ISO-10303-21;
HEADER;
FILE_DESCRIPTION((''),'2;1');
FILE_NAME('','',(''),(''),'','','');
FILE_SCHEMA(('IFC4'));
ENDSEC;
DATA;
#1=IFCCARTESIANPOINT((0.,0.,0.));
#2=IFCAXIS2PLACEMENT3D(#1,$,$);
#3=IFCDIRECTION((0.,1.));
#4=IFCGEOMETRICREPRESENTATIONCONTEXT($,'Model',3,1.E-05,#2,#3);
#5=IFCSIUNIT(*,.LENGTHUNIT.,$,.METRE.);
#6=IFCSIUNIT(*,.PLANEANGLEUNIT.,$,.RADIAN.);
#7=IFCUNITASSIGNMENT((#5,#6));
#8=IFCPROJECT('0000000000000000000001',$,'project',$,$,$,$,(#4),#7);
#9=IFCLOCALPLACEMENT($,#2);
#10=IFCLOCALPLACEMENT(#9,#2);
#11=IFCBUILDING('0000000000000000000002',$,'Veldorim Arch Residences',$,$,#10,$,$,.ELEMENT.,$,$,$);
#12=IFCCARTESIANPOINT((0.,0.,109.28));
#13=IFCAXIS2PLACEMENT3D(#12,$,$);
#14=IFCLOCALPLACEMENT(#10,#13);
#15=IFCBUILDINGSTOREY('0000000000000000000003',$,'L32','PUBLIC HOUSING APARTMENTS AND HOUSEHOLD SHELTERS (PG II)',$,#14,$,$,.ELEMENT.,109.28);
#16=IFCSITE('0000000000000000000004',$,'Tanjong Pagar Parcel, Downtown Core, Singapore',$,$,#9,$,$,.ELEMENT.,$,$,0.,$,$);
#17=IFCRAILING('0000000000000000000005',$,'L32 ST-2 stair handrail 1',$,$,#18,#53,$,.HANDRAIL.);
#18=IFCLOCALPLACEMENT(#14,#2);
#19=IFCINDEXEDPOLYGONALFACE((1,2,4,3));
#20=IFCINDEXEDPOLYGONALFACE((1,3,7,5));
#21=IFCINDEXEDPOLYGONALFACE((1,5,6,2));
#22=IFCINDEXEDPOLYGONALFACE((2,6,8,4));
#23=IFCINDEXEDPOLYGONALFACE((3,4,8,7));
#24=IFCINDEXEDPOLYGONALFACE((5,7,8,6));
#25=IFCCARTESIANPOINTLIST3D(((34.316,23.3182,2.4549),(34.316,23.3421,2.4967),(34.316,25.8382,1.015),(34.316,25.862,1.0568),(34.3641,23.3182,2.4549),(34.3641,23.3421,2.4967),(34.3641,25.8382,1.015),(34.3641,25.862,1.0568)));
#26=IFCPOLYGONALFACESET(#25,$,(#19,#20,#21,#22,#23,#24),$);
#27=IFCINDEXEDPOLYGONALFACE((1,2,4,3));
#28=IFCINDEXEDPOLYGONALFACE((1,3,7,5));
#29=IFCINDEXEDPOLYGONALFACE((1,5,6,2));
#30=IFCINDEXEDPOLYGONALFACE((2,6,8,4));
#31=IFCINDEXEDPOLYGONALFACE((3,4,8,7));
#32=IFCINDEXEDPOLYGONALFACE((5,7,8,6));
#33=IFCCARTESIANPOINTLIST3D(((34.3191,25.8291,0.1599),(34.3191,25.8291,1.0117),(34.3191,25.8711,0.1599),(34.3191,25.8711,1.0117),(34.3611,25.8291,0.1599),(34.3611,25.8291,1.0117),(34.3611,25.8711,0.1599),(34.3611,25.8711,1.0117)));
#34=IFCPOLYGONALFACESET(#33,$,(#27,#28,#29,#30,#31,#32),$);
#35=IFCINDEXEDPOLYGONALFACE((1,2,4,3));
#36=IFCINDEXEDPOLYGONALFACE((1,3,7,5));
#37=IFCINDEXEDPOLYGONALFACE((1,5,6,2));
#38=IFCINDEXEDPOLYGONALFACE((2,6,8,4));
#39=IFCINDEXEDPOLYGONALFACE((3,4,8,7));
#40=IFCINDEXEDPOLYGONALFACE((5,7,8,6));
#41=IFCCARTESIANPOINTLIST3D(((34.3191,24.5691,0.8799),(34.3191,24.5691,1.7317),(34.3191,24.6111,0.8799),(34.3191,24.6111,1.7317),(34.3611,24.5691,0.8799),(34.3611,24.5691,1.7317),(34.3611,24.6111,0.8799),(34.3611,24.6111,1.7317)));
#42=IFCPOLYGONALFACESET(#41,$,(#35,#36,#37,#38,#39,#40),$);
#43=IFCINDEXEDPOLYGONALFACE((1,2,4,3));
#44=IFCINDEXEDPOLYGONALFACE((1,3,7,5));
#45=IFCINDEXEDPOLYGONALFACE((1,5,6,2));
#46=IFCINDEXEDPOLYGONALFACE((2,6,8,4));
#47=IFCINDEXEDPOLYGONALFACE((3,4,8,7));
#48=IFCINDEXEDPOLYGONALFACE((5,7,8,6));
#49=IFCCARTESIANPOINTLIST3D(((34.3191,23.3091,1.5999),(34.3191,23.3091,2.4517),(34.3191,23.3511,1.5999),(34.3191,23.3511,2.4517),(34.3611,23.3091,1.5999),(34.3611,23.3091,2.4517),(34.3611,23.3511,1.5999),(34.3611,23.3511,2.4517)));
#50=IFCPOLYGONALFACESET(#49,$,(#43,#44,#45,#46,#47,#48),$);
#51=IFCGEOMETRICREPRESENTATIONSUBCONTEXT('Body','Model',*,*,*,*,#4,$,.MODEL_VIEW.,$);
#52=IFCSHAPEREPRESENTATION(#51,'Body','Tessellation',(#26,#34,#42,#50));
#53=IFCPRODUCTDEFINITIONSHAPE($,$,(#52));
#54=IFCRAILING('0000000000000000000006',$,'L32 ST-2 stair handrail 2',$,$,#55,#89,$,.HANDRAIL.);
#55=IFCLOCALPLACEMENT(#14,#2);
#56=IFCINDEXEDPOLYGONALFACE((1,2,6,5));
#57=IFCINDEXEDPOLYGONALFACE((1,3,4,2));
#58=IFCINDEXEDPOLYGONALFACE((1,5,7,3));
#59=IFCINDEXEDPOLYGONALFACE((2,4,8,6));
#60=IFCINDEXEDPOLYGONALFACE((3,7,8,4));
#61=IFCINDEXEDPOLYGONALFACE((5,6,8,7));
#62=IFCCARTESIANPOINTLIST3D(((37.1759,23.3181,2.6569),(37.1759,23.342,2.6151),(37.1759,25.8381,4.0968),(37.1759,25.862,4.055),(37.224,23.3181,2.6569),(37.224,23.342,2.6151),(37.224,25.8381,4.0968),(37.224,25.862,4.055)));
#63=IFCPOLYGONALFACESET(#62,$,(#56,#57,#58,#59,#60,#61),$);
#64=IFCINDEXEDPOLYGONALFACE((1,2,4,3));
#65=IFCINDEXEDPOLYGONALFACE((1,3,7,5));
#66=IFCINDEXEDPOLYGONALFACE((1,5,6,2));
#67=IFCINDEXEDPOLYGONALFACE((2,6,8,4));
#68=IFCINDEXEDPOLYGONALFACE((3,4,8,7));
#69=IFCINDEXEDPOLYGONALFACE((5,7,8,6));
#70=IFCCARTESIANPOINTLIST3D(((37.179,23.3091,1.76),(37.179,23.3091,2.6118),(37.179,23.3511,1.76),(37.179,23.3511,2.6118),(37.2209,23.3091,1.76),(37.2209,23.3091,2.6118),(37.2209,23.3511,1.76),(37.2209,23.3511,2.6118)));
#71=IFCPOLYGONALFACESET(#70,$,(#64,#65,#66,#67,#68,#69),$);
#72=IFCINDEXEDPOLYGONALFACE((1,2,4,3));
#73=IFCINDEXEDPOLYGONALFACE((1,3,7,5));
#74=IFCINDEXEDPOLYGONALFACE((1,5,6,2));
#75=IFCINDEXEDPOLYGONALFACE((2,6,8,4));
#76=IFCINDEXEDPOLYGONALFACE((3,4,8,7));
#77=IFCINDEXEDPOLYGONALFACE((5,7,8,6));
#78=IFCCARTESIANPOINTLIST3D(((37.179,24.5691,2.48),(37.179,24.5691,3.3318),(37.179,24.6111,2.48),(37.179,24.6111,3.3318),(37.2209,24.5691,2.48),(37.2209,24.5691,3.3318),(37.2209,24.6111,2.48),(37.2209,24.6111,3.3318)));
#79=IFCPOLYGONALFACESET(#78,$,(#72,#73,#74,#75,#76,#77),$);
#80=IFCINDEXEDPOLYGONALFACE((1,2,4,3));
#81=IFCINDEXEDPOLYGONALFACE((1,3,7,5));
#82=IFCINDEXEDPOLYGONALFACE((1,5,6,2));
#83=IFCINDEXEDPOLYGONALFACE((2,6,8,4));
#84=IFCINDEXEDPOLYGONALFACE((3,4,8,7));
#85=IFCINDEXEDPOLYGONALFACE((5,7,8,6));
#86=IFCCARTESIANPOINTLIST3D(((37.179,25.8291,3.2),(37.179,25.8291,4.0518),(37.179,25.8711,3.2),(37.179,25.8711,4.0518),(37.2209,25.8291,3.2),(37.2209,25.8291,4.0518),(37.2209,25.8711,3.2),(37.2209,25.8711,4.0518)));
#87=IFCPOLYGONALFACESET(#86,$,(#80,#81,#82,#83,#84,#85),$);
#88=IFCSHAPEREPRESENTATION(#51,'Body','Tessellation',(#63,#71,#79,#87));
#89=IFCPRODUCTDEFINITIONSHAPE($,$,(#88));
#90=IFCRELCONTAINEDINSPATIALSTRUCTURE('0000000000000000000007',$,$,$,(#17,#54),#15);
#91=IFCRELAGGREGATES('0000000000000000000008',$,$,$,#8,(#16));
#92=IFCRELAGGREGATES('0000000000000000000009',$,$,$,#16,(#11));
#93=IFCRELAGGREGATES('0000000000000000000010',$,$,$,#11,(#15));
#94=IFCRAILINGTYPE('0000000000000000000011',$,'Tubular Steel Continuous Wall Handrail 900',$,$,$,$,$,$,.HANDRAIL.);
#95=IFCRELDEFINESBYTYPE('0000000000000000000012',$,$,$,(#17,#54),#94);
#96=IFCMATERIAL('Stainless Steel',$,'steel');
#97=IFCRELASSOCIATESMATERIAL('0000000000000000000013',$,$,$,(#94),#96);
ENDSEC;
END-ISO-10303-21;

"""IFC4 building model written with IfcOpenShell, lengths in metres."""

from ifc_helpers import new_model, si_unit, direction, frame, origin, origin_2d, place, context, subcontext, project, spatial, rectangle, extrude, material, type_object, element, save


model = new_model("IFC4")

# Units and contexts
model_context = context("Model", 3, precision=1e-05, world=origin(), true_north=direction((0.0, 1.0)))
body_context = subcontext(model_context, "Body", "Model", "MODEL_VIEW")
ifc_project = project(units=[si_unit("LENGTHUNIT", "METRE"), si_unit("PLANEANGLEUNIT", "RADIAN")], contexts=[model_context])

# Site, building, storey
site_placement = place(None, origin())
site = spatial("IfcSite", under=ifc_project, at=site_placement, Name="Tanjong Pagar Parcel, Downtown Core, Singapore", CompositionType="ELEMENT", RefElevation=0.0)
building_placement = place(site_placement, origin())
building = spatial("IfcBuilding", under=site, at=building_placement, Name="Veldorim Arch Residences", CompositionType="ELEMENT")
storey_placement = place(building_placement, frame((0.0, 0.0, 109.28)))
storey = spatial("IfcBuildingStorey", under=building, at=storey_placement, Name="L32", Description="PUBLIC HOUSING APARTMENTS AND HOUSEHOLD SHELTERS (PG II)", CompositionType="ELEMENT", Elevation=109.28)

# Railings
ifc_material_1 = material(Name="Stainless Steel", Category="steel")
railing_type_1 = type_object("IfcRailingType", Name="Tubular Steel Continuous Wall Handrail 900", PredefinedType="HANDRAIL", material=ifc_material_1)
railing_1_placement = place(storey_placement, frame((34.3401, 25.8501, 0.1599)))
element("IfcRailing", 1, at=railing_1_placement, inside=storey, type_object=railing_type_1, Name="L32 ST-2 stair handrail 1", PredefinedType="HANDRAIL", context=body_context, shape_type="SweptSolid", body=[
    extrude(rectangle(XDim=0.0481, YDim=0.0481, at=origin_2d()), frame((0.0, 0.0, 0.876), z_axis=(0.0, -0.868253, 0.496121), x_axis=(1.0, 0.0, 0.0)), (0.0, 0.0, 1.0), 2.9023),
    extrude(rectangle(XDim=0.042, YDim=0.042, at=origin_2d()), origin(), (0.0, 0.0, 1.0), 0.8518),
    extrude(rectangle(XDim=0.042, YDim=0.042, at=origin_2d()), frame((0.0, -1.26, 0.72)), (0.0, 0.0, 1.0), 0.8518),
    extrude(rectangle(XDim=0.042, YDim=0.042, at=origin_2d()), frame((0.0, -2.52, 1.4399)), (0.0, 0.0, 1.0), 0.8518),
])
railing_2_placement = place(storey_placement, frame((37.2, 23.3301, 1.76)))
element("IfcRailing", 2, at=railing_2_placement, inside=storey, type_object=railing_type_1, Name="L32 ST-2 stair handrail 2", PredefinedType="HANDRAIL", context=body_context, shape_type="SweptSolid", body=[
    extrude(rectangle(XDim=0.0481, YDim=0.0481, at=origin_2d()), frame((0.0, 0.0, 0.876), z_axis=(0.0, 0.868253, 0.496121), x_axis=(-1.0, 0.0, 0.0)), (0.0, 0.0, 1.0), 2.9023),
    extrude(rectangle(XDim=0.042, YDim=0.042, at=origin_2d()), origin(), (0.0, 0.0, 1.0), 0.8518),
    extrude(rectangle(XDim=0.042, YDim=0.042, at=origin_2d()), frame((0.0, 1.26, 0.72)), (0.0, 0.0, 1.0), 0.8518),
    extrude(rectangle(XDim=0.042, YDim=0.042, at=origin_2d()), frame((0.0, 2.52, 1.4399)), (0.0, 0.0, 1.0), 0.8518),
])

save(model, "model.ifc")
